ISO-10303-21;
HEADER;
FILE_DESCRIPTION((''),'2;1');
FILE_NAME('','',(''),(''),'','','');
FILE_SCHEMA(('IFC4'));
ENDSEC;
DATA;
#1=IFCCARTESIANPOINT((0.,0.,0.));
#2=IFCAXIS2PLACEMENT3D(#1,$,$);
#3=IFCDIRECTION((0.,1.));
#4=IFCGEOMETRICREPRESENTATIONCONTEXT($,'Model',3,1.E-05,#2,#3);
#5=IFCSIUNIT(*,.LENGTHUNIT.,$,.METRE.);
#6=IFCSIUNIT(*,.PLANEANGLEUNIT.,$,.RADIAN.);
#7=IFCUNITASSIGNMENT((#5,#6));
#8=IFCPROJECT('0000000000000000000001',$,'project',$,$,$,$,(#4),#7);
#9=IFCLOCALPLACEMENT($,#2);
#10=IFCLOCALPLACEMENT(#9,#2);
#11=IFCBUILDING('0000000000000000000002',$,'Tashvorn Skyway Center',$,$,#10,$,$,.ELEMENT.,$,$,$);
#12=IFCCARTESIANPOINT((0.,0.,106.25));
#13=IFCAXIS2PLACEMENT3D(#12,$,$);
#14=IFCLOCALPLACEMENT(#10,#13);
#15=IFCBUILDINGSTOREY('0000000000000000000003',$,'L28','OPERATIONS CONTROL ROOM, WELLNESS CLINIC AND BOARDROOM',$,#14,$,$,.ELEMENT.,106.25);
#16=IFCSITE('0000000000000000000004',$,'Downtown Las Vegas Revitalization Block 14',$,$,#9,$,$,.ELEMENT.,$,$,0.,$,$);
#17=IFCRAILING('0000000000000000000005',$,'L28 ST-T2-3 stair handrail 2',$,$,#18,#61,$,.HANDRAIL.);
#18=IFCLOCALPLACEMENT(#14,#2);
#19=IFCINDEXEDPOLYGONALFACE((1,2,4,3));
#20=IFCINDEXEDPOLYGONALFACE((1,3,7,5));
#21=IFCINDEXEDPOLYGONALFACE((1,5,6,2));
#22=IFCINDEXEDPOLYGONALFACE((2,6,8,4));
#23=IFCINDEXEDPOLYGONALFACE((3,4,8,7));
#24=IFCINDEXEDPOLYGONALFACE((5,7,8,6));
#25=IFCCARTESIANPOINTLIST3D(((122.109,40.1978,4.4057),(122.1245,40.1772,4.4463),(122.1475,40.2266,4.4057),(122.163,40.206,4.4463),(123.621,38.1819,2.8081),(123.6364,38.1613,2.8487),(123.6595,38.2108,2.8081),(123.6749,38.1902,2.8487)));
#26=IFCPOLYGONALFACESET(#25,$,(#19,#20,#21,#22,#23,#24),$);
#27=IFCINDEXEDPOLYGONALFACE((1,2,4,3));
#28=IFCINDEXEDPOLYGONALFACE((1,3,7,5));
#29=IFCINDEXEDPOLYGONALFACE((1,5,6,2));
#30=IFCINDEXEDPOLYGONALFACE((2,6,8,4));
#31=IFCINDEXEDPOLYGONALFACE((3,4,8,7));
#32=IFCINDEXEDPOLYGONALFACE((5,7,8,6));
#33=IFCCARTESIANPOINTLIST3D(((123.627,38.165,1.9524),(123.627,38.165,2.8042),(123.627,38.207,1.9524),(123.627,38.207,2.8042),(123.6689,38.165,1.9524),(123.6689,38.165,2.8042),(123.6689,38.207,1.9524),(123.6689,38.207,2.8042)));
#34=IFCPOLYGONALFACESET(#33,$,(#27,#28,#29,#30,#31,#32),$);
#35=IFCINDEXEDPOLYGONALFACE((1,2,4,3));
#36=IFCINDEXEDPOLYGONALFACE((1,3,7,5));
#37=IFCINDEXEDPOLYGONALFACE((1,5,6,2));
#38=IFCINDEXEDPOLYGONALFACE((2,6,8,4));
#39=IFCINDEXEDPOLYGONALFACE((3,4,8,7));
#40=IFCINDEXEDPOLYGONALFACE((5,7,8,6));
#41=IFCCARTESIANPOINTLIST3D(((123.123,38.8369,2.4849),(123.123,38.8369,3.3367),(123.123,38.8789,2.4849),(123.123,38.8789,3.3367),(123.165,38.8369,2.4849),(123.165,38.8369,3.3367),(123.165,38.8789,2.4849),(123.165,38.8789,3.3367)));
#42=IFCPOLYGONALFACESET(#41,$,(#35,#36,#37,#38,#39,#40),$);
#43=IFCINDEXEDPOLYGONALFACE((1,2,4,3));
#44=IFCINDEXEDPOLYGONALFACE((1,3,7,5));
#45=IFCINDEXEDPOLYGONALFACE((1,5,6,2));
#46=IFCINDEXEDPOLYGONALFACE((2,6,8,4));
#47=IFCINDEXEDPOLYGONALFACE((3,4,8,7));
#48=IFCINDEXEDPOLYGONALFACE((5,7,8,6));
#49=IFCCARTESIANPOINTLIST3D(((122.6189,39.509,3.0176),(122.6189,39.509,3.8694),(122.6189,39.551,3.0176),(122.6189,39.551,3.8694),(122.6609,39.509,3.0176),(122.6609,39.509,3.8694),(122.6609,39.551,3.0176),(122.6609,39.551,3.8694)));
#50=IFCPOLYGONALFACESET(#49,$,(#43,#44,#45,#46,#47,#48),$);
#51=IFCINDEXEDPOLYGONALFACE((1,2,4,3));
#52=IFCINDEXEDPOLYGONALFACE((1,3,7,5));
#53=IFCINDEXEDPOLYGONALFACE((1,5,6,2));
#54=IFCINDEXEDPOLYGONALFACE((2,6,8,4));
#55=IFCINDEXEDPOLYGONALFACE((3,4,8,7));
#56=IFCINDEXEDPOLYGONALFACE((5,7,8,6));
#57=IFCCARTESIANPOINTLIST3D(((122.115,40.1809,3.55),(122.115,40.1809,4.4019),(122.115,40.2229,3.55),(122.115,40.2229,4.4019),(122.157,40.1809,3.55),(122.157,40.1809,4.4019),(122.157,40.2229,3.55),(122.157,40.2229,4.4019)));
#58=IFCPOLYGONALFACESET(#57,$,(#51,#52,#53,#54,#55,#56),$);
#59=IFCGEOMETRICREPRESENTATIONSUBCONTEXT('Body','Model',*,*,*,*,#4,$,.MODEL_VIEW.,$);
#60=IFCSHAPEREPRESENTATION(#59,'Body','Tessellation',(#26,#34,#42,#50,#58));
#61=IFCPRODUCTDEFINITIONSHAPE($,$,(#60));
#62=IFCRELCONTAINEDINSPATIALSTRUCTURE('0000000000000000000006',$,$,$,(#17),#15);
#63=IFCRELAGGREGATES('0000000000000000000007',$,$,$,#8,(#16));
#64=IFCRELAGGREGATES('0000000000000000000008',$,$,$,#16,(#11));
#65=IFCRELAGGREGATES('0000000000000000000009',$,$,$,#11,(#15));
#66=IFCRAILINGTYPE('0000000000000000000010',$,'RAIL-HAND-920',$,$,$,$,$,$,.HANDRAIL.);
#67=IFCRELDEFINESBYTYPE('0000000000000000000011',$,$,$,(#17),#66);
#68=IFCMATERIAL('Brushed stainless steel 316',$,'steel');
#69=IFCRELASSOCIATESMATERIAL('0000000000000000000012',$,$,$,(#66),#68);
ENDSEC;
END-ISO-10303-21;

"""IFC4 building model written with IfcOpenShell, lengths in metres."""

from ifc_helpers import new_model, si_unit, direction, frame, origin, origin_2d, place, context, subcontext, project, spatial, rectangle, extrude, material, type_object, element, save


model = new_model("IFC4")

# Units and contexts
model_context = context("Model", 3, precision=1e-05, world=origin(), true_north=direction((0.0, 1.0)))
body_context = subcontext(model_context, "Body", "Model", "MODEL_VIEW")
ifc_project = project(units=[si_unit("LENGTHUNIT", "METRE"), si_unit("PLANEANGLEUNIT", "RADIAN")], contexts=[model_context])

# Site, building, storey
site_placement = place(None, origin())
site = spatial("IfcSite", under=ifc_project, at=site_placement, Name="Downtown Las Vegas Revitalization Block 14", CompositionType="ELEMENT", RefElevation=0.0)
building_placement = place(site_placement, origin())
building = spatial("IfcBuilding", under=site, at=building_placement, Name="Tashvorn Skyway Center", CompositionType="ELEMENT")
storey_placement = place(building_placement, frame((0.0, 0.0, 106.25)))
storey = spatial("IfcBuildingStorey", under=building, at=storey_placement, Name="L28", Description="OPERATIONS CONTROL ROOM, WELLNESS CLINIC AND BOARDROOM", CompositionType="ELEMENT", Elevation=106.25)

# Railing
ifc_material_1 = material(Name="Brushed stainless steel 316", Category="steel")
railing_type = type_object("IfcRailingType", Name="RAIL-HAND-920", PredefinedType="HANDRAIL", material=ifc_material_1)
railing_placement = place(storey_placement, frame((123.6479, 38.186, 1.9524)))
element("IfcRailing", 1, at=railing_placement, inside=storey, type_object=railing_type, Name="L28 ST-T2-3 stair handrail 2", PredefinedType="HANDRAIL", context=body_context, shape_type="SweptSolid", body=[
    extrude(rectangle(XDim=0.0481, YDim=0.0481, at=origin_2d()), frame((0.0, 0.0, 0.876), z_axis=(-0.506747, 0.675635, 0.535467), x_axis=(-0.799988, -0.600016, 0.0)), (0.0, 0.0, 1.0), 2.9836),
    extrude(rectangle(XDim=0.042, YDim=0.042, at=origin_2d()), origin(), (0.0, 0.0, 1.0), 0.8518),
    extrude(rectangle(XDim=0.042, YDim=0.042, at=origin_2d()), frame((-0.5039, 0.6719, 0.5325)), (0.0, 0.0, 1.0), 0.8518),
    extrude(rectangle(XDim=0.042, YDim=0.042, at=origin_2d()), frame((-1.0081, 1.344, 1.0652)), (0.0, 0.0, 1.0), 0.8518),
    extrude(rectangle(XDim=0.042, YDim=0.042, at=origin_2d()), frame((-1.512, 2.0159, 1.5977)), (0.0, 0.0, 1.0), 0.8518),
])

save(model, "model.ifc")
